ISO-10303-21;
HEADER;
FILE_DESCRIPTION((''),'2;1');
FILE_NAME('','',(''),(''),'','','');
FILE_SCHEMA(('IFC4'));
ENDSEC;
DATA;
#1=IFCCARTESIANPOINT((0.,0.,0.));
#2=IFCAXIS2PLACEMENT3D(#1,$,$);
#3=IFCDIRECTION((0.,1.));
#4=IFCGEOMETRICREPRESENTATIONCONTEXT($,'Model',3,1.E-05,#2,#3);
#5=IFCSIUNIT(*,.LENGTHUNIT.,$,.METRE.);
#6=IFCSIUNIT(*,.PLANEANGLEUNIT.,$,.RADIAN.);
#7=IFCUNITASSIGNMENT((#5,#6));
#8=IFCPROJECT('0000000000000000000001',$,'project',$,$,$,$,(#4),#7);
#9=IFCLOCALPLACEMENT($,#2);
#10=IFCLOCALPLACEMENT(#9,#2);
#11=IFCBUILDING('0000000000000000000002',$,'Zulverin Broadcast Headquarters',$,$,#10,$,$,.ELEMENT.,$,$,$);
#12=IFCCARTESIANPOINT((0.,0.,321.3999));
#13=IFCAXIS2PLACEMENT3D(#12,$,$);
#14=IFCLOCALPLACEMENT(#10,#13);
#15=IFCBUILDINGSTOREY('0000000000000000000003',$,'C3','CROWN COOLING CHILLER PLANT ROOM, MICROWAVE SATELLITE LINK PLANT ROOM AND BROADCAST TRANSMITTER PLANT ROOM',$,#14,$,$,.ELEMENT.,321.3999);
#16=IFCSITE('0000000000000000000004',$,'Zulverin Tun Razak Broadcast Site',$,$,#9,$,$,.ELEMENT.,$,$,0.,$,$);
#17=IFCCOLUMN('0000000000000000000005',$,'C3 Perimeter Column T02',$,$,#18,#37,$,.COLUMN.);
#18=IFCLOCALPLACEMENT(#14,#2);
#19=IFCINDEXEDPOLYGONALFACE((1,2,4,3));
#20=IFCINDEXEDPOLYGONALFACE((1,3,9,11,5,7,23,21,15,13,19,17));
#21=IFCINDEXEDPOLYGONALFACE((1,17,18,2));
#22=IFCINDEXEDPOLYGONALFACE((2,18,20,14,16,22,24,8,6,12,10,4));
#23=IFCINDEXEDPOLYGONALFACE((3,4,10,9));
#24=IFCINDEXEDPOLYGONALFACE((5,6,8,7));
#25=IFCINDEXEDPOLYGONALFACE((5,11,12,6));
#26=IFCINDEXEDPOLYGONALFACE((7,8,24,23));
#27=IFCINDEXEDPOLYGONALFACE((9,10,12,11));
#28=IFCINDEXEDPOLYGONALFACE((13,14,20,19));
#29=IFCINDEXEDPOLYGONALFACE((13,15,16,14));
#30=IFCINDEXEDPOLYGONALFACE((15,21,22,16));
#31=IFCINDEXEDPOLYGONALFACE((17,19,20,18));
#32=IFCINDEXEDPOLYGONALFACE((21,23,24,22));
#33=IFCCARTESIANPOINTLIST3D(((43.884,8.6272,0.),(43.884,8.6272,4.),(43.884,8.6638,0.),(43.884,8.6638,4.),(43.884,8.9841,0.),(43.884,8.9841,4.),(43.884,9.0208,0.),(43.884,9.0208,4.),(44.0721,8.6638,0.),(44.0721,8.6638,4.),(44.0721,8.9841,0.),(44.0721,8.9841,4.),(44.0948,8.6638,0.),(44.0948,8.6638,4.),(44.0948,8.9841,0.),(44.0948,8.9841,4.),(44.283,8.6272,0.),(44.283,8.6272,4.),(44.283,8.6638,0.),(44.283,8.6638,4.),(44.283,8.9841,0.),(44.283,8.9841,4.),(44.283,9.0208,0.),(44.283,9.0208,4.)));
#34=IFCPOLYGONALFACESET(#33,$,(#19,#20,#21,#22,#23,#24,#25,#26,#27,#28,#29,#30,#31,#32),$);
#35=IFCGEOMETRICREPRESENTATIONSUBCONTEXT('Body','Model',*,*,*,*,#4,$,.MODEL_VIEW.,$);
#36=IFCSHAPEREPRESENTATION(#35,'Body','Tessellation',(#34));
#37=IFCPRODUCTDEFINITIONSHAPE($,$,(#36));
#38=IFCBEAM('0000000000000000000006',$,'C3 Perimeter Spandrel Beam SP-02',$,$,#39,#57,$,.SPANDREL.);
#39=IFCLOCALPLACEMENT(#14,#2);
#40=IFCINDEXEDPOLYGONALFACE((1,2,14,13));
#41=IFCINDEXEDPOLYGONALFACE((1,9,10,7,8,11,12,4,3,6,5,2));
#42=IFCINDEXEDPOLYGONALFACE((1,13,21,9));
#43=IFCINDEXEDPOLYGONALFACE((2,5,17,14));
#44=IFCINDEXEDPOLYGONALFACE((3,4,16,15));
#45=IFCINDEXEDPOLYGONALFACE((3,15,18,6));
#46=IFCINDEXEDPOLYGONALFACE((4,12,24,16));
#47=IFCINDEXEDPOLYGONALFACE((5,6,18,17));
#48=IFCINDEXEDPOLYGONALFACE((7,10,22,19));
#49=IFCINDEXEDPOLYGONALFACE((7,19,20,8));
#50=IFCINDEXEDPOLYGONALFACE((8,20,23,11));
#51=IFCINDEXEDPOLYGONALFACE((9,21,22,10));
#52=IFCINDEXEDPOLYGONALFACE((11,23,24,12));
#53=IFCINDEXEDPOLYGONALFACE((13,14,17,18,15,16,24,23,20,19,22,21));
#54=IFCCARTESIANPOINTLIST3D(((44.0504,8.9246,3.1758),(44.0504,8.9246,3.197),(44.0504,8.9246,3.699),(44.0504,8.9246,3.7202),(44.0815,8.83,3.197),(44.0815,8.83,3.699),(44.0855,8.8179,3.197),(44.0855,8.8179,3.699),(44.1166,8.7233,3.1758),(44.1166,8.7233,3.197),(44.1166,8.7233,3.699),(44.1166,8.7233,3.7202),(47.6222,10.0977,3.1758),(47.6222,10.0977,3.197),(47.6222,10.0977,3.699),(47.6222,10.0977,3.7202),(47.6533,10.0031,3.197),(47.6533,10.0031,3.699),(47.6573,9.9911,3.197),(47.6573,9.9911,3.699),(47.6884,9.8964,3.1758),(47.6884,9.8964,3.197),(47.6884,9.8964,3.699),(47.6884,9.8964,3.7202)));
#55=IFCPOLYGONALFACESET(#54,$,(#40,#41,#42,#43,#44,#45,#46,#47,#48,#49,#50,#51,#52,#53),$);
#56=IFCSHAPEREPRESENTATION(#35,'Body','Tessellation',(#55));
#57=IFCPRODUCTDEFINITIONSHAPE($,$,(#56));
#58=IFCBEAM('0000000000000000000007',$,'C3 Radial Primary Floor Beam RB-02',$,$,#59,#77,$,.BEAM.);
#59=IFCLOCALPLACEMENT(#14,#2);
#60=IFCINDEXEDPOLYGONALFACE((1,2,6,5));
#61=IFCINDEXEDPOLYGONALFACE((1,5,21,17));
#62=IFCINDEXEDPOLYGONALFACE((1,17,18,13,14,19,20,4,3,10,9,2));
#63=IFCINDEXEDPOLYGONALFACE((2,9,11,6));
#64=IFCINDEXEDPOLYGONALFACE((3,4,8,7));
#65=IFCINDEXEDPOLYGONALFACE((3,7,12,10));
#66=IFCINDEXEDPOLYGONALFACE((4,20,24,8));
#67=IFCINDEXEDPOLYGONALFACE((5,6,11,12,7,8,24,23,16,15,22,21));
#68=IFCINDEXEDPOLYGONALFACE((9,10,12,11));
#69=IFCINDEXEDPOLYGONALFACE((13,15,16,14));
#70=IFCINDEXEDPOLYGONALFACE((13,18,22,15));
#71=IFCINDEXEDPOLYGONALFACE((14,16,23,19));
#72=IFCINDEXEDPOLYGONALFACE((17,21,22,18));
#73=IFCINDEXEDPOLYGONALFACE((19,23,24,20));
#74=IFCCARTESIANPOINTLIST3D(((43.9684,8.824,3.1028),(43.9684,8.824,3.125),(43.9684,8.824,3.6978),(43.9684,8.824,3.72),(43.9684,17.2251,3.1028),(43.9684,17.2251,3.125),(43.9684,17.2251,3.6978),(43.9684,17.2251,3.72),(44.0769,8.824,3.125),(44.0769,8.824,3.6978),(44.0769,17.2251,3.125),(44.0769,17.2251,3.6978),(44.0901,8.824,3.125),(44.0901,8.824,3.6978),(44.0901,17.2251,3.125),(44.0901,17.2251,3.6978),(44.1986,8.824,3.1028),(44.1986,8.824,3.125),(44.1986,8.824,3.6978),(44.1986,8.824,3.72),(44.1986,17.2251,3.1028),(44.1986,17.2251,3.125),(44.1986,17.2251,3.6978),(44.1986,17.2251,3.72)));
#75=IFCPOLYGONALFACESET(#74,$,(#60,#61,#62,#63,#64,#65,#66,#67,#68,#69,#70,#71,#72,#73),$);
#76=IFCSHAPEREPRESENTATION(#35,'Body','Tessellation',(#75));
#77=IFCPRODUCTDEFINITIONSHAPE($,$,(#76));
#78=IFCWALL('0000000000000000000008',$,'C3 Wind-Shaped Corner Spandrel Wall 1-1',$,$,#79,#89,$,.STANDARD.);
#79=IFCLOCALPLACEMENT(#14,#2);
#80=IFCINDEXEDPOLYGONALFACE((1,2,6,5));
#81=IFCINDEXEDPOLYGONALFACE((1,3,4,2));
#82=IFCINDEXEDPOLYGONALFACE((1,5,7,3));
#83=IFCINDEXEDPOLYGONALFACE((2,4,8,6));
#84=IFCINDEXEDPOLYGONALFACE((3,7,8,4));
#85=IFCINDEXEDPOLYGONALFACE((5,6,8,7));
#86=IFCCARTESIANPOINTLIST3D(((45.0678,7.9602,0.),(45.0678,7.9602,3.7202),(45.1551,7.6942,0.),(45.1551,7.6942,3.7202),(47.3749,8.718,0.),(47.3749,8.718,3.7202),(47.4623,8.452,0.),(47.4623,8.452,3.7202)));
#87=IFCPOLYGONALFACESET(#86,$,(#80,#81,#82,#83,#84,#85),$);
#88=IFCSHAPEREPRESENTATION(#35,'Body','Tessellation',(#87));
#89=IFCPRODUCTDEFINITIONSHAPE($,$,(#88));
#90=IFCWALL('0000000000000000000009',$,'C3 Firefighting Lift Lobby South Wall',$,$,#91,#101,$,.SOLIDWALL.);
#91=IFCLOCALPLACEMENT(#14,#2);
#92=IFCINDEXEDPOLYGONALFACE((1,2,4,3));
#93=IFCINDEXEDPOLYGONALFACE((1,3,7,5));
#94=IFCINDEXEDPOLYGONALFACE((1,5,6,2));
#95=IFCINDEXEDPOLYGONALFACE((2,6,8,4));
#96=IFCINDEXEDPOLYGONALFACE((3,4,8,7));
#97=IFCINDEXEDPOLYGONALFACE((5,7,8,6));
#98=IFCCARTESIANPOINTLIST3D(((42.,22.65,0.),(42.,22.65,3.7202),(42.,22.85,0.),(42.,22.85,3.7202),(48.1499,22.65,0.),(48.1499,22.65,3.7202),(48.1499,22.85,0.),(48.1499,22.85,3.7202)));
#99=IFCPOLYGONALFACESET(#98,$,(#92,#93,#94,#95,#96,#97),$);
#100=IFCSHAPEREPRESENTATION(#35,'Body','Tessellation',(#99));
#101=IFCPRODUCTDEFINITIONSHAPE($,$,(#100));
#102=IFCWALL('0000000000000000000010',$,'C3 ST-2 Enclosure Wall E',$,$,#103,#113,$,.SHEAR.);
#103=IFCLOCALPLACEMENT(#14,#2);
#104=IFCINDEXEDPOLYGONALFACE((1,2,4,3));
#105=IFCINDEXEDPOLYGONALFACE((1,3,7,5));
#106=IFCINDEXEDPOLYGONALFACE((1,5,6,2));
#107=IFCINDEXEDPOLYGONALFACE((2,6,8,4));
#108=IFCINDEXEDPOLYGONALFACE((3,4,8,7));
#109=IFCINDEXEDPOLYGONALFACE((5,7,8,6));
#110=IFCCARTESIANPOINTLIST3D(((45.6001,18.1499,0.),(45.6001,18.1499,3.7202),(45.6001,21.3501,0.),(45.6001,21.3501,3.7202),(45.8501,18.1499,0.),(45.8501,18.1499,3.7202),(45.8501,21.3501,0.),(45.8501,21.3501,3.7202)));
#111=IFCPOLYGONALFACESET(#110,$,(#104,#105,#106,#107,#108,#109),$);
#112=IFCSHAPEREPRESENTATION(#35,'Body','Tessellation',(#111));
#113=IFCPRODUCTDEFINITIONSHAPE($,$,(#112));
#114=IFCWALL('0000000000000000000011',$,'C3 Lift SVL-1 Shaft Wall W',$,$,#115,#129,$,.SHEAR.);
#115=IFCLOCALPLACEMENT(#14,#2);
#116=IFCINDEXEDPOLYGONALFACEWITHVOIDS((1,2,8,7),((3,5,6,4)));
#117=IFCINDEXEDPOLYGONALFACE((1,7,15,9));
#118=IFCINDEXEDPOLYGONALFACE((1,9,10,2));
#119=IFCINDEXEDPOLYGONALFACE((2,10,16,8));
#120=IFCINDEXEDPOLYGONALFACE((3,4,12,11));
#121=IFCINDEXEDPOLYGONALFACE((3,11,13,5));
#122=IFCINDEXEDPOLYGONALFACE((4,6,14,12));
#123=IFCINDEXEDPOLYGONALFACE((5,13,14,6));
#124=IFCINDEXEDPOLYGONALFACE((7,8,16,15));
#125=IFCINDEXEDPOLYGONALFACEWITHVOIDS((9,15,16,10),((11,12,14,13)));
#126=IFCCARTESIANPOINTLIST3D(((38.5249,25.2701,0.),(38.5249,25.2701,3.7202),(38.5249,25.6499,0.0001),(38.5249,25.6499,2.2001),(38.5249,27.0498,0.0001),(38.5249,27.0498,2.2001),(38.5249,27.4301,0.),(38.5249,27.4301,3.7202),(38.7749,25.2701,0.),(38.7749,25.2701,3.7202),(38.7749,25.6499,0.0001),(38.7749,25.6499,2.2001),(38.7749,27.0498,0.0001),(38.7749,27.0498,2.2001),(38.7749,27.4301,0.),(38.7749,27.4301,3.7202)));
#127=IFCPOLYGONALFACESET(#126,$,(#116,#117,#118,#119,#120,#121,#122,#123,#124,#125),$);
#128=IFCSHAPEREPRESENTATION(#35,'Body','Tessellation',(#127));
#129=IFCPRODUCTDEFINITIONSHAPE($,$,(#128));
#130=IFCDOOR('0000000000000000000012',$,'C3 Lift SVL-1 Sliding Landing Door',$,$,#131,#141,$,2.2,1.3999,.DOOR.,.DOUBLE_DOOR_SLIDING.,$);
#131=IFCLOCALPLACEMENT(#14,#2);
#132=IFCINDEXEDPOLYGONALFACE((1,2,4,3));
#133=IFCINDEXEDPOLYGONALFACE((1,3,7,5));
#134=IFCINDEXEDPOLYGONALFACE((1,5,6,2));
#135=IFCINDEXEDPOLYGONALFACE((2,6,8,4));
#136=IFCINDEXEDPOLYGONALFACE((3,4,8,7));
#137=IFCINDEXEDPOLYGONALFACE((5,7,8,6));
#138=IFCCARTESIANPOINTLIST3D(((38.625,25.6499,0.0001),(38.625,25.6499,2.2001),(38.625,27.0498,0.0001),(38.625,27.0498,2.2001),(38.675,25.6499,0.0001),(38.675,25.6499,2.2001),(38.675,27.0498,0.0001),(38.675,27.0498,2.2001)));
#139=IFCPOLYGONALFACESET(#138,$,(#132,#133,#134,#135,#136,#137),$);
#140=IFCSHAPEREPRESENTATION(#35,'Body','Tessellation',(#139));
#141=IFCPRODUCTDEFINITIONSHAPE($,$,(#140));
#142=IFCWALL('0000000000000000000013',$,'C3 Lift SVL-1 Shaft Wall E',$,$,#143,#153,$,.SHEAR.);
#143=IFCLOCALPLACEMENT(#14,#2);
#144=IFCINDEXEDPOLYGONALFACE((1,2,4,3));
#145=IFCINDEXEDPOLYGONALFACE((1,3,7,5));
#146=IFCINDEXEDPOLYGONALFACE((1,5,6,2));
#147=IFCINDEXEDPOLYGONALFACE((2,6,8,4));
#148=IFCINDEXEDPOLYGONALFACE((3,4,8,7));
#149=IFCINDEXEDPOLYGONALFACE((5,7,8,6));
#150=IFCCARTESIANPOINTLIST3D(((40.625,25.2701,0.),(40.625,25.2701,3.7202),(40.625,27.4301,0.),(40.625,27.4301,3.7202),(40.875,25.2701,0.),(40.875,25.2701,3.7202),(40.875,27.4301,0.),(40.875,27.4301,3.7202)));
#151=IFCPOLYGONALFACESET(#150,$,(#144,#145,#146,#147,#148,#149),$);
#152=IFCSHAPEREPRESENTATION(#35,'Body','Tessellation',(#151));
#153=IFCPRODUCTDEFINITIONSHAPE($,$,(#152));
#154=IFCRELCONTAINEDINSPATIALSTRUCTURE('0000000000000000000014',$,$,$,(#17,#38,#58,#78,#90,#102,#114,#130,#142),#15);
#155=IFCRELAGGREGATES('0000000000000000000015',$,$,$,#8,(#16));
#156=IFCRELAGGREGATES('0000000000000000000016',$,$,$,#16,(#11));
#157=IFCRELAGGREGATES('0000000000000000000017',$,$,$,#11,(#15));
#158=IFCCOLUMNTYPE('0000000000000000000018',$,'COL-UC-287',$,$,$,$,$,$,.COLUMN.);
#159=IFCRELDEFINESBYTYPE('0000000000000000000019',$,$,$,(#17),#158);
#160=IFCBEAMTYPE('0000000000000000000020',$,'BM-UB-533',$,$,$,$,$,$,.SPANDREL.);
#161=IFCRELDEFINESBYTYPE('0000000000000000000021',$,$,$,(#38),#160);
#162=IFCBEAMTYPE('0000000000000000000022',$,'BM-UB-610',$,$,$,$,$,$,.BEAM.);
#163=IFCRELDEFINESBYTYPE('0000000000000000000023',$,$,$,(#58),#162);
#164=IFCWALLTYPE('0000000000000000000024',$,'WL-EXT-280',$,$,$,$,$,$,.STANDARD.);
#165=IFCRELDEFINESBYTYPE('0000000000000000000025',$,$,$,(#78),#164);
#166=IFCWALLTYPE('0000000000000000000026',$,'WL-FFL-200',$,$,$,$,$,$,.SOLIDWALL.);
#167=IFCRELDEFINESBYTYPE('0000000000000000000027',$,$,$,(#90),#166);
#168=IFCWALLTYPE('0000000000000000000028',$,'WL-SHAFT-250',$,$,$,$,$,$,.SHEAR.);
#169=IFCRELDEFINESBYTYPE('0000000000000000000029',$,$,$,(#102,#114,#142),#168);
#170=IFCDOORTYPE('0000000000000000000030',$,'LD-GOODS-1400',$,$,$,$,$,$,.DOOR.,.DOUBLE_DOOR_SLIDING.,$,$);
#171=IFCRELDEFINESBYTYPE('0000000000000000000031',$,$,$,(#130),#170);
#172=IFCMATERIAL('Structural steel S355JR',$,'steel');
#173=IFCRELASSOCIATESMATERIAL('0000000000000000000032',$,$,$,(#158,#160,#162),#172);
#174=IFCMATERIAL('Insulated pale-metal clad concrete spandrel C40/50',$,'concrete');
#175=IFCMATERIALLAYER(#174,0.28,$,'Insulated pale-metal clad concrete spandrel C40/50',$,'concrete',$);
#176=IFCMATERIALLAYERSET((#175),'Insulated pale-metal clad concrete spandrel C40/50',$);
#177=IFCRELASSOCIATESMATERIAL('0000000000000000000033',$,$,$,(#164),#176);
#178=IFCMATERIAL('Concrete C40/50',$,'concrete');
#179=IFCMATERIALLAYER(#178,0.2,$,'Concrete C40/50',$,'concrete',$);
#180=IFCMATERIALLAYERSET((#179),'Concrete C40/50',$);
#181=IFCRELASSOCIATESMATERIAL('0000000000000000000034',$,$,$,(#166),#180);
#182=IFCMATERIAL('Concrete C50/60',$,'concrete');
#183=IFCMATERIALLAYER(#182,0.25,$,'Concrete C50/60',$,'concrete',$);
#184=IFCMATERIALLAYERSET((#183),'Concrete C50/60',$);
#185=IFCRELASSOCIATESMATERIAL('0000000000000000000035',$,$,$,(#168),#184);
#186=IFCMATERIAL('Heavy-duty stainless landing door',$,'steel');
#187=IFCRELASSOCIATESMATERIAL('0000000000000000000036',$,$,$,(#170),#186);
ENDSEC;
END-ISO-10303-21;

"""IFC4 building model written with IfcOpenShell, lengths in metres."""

from ifc_helpers import new_model, si_unit, direction, frame, frame_2d, origin, origin_2d, place, context, subcontext, project, spatial, rectangle, i_section, extrude, material, layer, layer_set, material_profile, profile_set, type_object, element, fill, save


model = new_model("IFC4")

# Units and contexts
model_context = context("Model", 3, precision=1e-05, world=origin(), true_north=direction((0.0, 1.0)))
body_context = subcontext(model_context, "Body", "Model", "MODEL_VIEW")
ifc_project = project(units=[si_unit("LENGTHUNIT", "METRE"), si_unit("PLANEANGLEUNIT", "RADIAN")], contexts=[model_context])

# Site, building, storey
site_placement = place(None, origin())
site = spatial("IfcSite", under=ifc_project, at=site_placement, Name="Zulverin Tun Razak Broadcast Site", CompositionType="ELEMENT", RefElevation=0.0)
building_placement = place(site_placement, origin())
building = spatial("IfcBuilding", under=site, at=building_placement, Name="Zulverin Broadcast Headquarters", CompositionType="ELEMENT")
storey_placement = place(building_placement, frame((0.0, 0.0, 321.3999)))
storey = spatial("IfcBuildingStorey", under=building, at=storey_placement, Name="C3", Description="CROWN COOLING CHILLER PLANT ROOM, MICROWAVE SATELLITE LINK PLANT ROOM AND BROADCAST TRANSMITTER PLANT ROOM", CompositionType="ELEMENT", Elevation=321.3999)

# Column
ifc_material_1 = material(Name="Structural steel S355JR", Category="steel")
ifc_material_profile_1 = material_profile(ifc_material_1, i_section(OverallWidth=0.3989, OverallDepth=0.3936, WebThickness=0.0227, FlangeThickness=0.0366, at=origin_2d()), Name="Structural steel S355JR", Category="steel")
ifc_profile_set_1 = profile_set([ifc_material_profile_1], Name="Structural steel S355JR")
column_type = type_object("IfcColumnType", Name="COL-UC-287", PredefinedType="COLUMN", material=ifc_profile_set_1)
column_placement = place(storey_placement, frame((44.0835, 8.824, 0.0), z_axis=(0.0, 0.0, 1.0), x_axis=(1.0, 0.0, 0.0)))
element("IfcColumn", 1, at=column_placement, inside=storey, type_object=column_type, Name="C3 Perimeter Column T02", PredefinedType="COLUMN", context=body_context, shape_type="SweptSolid", body=[
    extrude(i_section(OverallWidth=0.3989, OverallDepth=0.3936, WebThickness=0.0227, FlangeThickness=0.0366, at=origin_2d()), origin(), (0.0, 0.0, 1.0), 4.0),
])

# Beams
ifc_material_profile_2 = material_profile(ifc_material_1, i_section(OverallWidth=0.2119, OverallDepth=0.5444, WebThickness=0.0127, FlangeThickness=0.0212, at=origin_2d()), Name="Structural steel S355JR", Category="steel")
ifc_profile_set_2 = profile_set([ifc_material_profile_2], Name="Structural steel S355JR")
beam_type_1 = type_object("IfcBeamType", Name="BM-UB-533", PredefinedType="SPANDREL", material=ifc_profile_set_2)
beam_1_placement = place(storey_placement, frame((44.0835, 8.824, 3.448), z_axis=(0.95007, 0.312036, 0.0), x_axis=(-0.312036, 0.95007, 0.0)))
element("IfcBeam", 2, at=beam_1_placement, inside=storey, type_object=beam_type_1, Name="C3 Perimeter Spandrel Beam SP-02", PredefinedType="SPANDREL", context=body_context, shape_type="SweptSolid", body=[
    extrude(i_section(OverallWidth=0.2119, OverallDepth=0.5444, WebThickness=0.0127, FlangeThickness=0.0212, at=origin_2d()), origin(), (0.0, 0.0, 1.0), 3.7595),
])
ifc_material_profile_3 = material_profile(ifc_material_1, i_section(OverallWidth=0.2302, OverallDepth=0.6172, WebThickness=0.0132, FlangeThickness=0.0222, at=origin_2d()), Name="Structural steel S355JR", Category="steel")
ifc_profile_set_3 = profile_set([ifc_material_profile_3], Name="Structural steel S355JR")
beam_type_2 = type_object("IfcBeamType", Name="BM-UB-610", PredefinedType="BEAM", material=ifc_profile_set_3)
beam_2_placement = place(storey_placement, frame((44.0835, 17.2251, 3.4114), z_axis=(0.0, -1.0, 0.0), x_axis=(1.0, 0.0, 0.0)))
element("IfcBeam", 3, at=beam_2_placement, inside=storey, type_object=beam_type_2, Name="C3 Radial Primary Floor Beam RB-02", PredefinedType="BEAM", context=body_context, shape_type="SweptSolid", body=[
    extrude(i_section(OverallWidth=0.2302, OverallDepth=0.6172, WebThickness=0.0132, FlangeThickness=0.0222, at=origin_2d()), origin(), (0.0, 0.0, 1.0), 8.4011),
])

# Wall
ifc_material_2 = material(Name="Insulated pale-metal clad concrete spandrel C40/50", Category="concrete")
ifc_layer_1 = layer(ifc_material_2, 0.28, Name="Insulated pale-metal clad concrete spandrel C40/50", Category="concrete")
ifc_layer_set_1 = layer_set([ifc_layer_1], Name="Insulated pale-metal clad concrete spandrel C40/50")
wall_type_1 = type_object("IfcWallType", Name="WL-EXT-280", PredefinedType="STANDARD", material=ifc_layer_set_1)
wall_1_placement = place(storey_placement, frame((45.1113, 7.8271, 0.0), z_axis=(0.0, 0.0, 1.0), x_axis=(0.950062, 0.312063, 0.0)))
element("IfcWall", 4, at=wall_1_placement, inside=storey, type_object=wall_type_1, Name="C3 Wind-Shaped Corner Spandrel Wall 1-1", PredefinedType="STANDARD", context=body_context, shape_type="SweptSolid", body=[
    extrude(rectangle(XDim=2.4285, YDim=0.28, at=frame_2d((1.2144, 0.0))), origin(), (0.0, 0.0, 1.0), 3.7202),
])

# Shared definitions
ifc_material_3 = material(Name="Concrete C40/50", Category="concrete")
ifc_layer_2 = layer(ifc_material_3, 0.2, Name="Concrete C40/50", Category="concrete")
ifc_layer_set_2 = layer_set([ifc_layer_2], Name="Concrete C40/50")
wall_type_2 = type_object("IfcWallType", Name="WL-FFL-200", PredefinedType="SOLIDWALL", material=ifc_layer_set_2)

# Walls
wall_2_placement = place(storey_placement, frame((42.0, 22.75, 0.0), z_axis=(0.0, 0.0, 1.0), x_axis=(1.0, 0.0, 0.0)))
element("IfcWall", 5, at=wall_2_placement, inside=storey, type_object=wall_type_2, Name="C3 Firefighting Lift Lobby South Wall", PredefinedType="SOLIDWALL", context=body_context, shape_type="SweptSolid", body=[
    extrude(rectangle(XDim=6.1499, YDim=0.2, at=frame_2d((3.075, 0.0))), origin(), (0.0, 0.0, 1.0), 3.7202),
])
ifc_material_4 = material(Name="Concrete C50/60", Category="concrete")
ifc_layer_3 = layer(ifc_material_4, 0.25, Name="Concrete C50/60", Category="concrete")
ifc_layer_set_3 = layer_set([ifc_layer_3], Name="Concrete C50/60")
wall_type_3 = type_object("IfcWallType", Name="WL-SHAFT-250", PredefinedType="SHEAR", material=ifc_layer_set_3)
wall_3_placement = place(storey_placement, frame((45.7251, 18.1499, 0.0), z_axis=(0.0, 0.0, 1.0), x_axis=(0.0, 1.0, 0.0)))
element("IfcWall", 6, at=wall_3_placement, inside=storey, type_object=wall_type_3, Name="C3 ST-2 Enclosure Wall E", PredefinedType="SHEAR", context=body_context, shape_type="SweptSolid", body=[
    extrude(rectangle(XDim=3.2002, YDim=0.25, at=frame_2d((1.6001, 0.0))), origin(), (0.0, 0.0, 1.0), 3.7202),
])

# Wall, opening, door
wall_4_placement = place(storey_placement, frame((38.6499, 25.27, 0.0), z_axis=(0.0, 0.0, 1.0), x_axis=(0.0, 1.0, 0.0)))
wall_4 = element("IfcWall", 7, at=wall_4_placement, inside=storey, type_object=wall_type_3, Name="C3 Lift SVL-1 Shaft Wall W", PredefinedType="SHEAR", context=body_context, shape_type="SweptSolid", body=[
    extrude(rectangle(XDim=2.1599, YDim=0.25, at=frame_2d((1.0801, 0.0))), origin(), (0.0, 0.0, 1.0), 3.7202),
])
opening_1_placement = place(wall_4_placement, frame((0.3799, 0.0, 0.0)))
opening_1 = element("IfcOpeningElement", 8, at=opening_1_placement, cuts=wall_4, PredefinedType="OPENING", context=body_context, shape_type="SweptSolid", body=[
    extrude(rectangle(XDim=1.3999, YDim=2.2, at=frame_2d((0.7, 1.1001))), frame((0.0, 0.135, 0.0), z_axis=(0.0, -1.0, 0.0), x_axis=(1.0, 0.0, 0.0)), (0.0, 0.0, 1.0), 0.27),
])
ifc_material_5 = material(Name="Heavy-duty stainless landing door", Category="steel")
door_type_1 = type_object("IfcDoorType", Name="LD-GOODS-1400", OperationType="DOUBLE_DOOR_SLIDING", PredefinedType="DOOR", material=ifc_material_5)
door_1_placement = place(opening_1_placement, origin())
door_1 = element("IfcDoor", 9, at=door_1_placement, inside=storey, type_object=door_type_1, Name="C3 Lift SVL-1 Sliding Landing Door", OperationType="DOUBLE_DOOR_SLIDING", OverallHeight=2.2, OverallWidth=1.3999, PredefinedType="DOOR", context=body_context, shape_type="SweptSolid", body=[
    extrude(rectangle(XDim=1.3999, YDim=2.2, at=frame_2d((0.7, 1.1001))), frame((0.0, 0.0249, 0.0), z_axis=(0.0, -1.0, 0.0), x_axis=(1.0, 0.0, 0.0)), (0.0, 0.0, 1.0), 0.05),
])
fill(opening_1, door_1)

# Wall
wall_5_placement = place(storey_placement, frame((40.75, 25.27, 0.0), z_axis=(0.0, 0.0, 1.0), x_axis=(0.0, 1.0, 0.0)))
element("IfcWall", 10, at=wall_5_placement, inside=storey, type_object=wall_type_3, Name="C3 Lift SVL-1 Shaft Wall E", PredefinedType="SHEAR", context=body_context, shape_type="SweptSolid", body=[
    extrude(rectangle(XDim=2.1599, YDim=0.25, at=frame_2d((1.0801, 0.0))), origin(), (0.0, 0.0, 1.0), 3.7202),
])

save(model, "model.ifc")
